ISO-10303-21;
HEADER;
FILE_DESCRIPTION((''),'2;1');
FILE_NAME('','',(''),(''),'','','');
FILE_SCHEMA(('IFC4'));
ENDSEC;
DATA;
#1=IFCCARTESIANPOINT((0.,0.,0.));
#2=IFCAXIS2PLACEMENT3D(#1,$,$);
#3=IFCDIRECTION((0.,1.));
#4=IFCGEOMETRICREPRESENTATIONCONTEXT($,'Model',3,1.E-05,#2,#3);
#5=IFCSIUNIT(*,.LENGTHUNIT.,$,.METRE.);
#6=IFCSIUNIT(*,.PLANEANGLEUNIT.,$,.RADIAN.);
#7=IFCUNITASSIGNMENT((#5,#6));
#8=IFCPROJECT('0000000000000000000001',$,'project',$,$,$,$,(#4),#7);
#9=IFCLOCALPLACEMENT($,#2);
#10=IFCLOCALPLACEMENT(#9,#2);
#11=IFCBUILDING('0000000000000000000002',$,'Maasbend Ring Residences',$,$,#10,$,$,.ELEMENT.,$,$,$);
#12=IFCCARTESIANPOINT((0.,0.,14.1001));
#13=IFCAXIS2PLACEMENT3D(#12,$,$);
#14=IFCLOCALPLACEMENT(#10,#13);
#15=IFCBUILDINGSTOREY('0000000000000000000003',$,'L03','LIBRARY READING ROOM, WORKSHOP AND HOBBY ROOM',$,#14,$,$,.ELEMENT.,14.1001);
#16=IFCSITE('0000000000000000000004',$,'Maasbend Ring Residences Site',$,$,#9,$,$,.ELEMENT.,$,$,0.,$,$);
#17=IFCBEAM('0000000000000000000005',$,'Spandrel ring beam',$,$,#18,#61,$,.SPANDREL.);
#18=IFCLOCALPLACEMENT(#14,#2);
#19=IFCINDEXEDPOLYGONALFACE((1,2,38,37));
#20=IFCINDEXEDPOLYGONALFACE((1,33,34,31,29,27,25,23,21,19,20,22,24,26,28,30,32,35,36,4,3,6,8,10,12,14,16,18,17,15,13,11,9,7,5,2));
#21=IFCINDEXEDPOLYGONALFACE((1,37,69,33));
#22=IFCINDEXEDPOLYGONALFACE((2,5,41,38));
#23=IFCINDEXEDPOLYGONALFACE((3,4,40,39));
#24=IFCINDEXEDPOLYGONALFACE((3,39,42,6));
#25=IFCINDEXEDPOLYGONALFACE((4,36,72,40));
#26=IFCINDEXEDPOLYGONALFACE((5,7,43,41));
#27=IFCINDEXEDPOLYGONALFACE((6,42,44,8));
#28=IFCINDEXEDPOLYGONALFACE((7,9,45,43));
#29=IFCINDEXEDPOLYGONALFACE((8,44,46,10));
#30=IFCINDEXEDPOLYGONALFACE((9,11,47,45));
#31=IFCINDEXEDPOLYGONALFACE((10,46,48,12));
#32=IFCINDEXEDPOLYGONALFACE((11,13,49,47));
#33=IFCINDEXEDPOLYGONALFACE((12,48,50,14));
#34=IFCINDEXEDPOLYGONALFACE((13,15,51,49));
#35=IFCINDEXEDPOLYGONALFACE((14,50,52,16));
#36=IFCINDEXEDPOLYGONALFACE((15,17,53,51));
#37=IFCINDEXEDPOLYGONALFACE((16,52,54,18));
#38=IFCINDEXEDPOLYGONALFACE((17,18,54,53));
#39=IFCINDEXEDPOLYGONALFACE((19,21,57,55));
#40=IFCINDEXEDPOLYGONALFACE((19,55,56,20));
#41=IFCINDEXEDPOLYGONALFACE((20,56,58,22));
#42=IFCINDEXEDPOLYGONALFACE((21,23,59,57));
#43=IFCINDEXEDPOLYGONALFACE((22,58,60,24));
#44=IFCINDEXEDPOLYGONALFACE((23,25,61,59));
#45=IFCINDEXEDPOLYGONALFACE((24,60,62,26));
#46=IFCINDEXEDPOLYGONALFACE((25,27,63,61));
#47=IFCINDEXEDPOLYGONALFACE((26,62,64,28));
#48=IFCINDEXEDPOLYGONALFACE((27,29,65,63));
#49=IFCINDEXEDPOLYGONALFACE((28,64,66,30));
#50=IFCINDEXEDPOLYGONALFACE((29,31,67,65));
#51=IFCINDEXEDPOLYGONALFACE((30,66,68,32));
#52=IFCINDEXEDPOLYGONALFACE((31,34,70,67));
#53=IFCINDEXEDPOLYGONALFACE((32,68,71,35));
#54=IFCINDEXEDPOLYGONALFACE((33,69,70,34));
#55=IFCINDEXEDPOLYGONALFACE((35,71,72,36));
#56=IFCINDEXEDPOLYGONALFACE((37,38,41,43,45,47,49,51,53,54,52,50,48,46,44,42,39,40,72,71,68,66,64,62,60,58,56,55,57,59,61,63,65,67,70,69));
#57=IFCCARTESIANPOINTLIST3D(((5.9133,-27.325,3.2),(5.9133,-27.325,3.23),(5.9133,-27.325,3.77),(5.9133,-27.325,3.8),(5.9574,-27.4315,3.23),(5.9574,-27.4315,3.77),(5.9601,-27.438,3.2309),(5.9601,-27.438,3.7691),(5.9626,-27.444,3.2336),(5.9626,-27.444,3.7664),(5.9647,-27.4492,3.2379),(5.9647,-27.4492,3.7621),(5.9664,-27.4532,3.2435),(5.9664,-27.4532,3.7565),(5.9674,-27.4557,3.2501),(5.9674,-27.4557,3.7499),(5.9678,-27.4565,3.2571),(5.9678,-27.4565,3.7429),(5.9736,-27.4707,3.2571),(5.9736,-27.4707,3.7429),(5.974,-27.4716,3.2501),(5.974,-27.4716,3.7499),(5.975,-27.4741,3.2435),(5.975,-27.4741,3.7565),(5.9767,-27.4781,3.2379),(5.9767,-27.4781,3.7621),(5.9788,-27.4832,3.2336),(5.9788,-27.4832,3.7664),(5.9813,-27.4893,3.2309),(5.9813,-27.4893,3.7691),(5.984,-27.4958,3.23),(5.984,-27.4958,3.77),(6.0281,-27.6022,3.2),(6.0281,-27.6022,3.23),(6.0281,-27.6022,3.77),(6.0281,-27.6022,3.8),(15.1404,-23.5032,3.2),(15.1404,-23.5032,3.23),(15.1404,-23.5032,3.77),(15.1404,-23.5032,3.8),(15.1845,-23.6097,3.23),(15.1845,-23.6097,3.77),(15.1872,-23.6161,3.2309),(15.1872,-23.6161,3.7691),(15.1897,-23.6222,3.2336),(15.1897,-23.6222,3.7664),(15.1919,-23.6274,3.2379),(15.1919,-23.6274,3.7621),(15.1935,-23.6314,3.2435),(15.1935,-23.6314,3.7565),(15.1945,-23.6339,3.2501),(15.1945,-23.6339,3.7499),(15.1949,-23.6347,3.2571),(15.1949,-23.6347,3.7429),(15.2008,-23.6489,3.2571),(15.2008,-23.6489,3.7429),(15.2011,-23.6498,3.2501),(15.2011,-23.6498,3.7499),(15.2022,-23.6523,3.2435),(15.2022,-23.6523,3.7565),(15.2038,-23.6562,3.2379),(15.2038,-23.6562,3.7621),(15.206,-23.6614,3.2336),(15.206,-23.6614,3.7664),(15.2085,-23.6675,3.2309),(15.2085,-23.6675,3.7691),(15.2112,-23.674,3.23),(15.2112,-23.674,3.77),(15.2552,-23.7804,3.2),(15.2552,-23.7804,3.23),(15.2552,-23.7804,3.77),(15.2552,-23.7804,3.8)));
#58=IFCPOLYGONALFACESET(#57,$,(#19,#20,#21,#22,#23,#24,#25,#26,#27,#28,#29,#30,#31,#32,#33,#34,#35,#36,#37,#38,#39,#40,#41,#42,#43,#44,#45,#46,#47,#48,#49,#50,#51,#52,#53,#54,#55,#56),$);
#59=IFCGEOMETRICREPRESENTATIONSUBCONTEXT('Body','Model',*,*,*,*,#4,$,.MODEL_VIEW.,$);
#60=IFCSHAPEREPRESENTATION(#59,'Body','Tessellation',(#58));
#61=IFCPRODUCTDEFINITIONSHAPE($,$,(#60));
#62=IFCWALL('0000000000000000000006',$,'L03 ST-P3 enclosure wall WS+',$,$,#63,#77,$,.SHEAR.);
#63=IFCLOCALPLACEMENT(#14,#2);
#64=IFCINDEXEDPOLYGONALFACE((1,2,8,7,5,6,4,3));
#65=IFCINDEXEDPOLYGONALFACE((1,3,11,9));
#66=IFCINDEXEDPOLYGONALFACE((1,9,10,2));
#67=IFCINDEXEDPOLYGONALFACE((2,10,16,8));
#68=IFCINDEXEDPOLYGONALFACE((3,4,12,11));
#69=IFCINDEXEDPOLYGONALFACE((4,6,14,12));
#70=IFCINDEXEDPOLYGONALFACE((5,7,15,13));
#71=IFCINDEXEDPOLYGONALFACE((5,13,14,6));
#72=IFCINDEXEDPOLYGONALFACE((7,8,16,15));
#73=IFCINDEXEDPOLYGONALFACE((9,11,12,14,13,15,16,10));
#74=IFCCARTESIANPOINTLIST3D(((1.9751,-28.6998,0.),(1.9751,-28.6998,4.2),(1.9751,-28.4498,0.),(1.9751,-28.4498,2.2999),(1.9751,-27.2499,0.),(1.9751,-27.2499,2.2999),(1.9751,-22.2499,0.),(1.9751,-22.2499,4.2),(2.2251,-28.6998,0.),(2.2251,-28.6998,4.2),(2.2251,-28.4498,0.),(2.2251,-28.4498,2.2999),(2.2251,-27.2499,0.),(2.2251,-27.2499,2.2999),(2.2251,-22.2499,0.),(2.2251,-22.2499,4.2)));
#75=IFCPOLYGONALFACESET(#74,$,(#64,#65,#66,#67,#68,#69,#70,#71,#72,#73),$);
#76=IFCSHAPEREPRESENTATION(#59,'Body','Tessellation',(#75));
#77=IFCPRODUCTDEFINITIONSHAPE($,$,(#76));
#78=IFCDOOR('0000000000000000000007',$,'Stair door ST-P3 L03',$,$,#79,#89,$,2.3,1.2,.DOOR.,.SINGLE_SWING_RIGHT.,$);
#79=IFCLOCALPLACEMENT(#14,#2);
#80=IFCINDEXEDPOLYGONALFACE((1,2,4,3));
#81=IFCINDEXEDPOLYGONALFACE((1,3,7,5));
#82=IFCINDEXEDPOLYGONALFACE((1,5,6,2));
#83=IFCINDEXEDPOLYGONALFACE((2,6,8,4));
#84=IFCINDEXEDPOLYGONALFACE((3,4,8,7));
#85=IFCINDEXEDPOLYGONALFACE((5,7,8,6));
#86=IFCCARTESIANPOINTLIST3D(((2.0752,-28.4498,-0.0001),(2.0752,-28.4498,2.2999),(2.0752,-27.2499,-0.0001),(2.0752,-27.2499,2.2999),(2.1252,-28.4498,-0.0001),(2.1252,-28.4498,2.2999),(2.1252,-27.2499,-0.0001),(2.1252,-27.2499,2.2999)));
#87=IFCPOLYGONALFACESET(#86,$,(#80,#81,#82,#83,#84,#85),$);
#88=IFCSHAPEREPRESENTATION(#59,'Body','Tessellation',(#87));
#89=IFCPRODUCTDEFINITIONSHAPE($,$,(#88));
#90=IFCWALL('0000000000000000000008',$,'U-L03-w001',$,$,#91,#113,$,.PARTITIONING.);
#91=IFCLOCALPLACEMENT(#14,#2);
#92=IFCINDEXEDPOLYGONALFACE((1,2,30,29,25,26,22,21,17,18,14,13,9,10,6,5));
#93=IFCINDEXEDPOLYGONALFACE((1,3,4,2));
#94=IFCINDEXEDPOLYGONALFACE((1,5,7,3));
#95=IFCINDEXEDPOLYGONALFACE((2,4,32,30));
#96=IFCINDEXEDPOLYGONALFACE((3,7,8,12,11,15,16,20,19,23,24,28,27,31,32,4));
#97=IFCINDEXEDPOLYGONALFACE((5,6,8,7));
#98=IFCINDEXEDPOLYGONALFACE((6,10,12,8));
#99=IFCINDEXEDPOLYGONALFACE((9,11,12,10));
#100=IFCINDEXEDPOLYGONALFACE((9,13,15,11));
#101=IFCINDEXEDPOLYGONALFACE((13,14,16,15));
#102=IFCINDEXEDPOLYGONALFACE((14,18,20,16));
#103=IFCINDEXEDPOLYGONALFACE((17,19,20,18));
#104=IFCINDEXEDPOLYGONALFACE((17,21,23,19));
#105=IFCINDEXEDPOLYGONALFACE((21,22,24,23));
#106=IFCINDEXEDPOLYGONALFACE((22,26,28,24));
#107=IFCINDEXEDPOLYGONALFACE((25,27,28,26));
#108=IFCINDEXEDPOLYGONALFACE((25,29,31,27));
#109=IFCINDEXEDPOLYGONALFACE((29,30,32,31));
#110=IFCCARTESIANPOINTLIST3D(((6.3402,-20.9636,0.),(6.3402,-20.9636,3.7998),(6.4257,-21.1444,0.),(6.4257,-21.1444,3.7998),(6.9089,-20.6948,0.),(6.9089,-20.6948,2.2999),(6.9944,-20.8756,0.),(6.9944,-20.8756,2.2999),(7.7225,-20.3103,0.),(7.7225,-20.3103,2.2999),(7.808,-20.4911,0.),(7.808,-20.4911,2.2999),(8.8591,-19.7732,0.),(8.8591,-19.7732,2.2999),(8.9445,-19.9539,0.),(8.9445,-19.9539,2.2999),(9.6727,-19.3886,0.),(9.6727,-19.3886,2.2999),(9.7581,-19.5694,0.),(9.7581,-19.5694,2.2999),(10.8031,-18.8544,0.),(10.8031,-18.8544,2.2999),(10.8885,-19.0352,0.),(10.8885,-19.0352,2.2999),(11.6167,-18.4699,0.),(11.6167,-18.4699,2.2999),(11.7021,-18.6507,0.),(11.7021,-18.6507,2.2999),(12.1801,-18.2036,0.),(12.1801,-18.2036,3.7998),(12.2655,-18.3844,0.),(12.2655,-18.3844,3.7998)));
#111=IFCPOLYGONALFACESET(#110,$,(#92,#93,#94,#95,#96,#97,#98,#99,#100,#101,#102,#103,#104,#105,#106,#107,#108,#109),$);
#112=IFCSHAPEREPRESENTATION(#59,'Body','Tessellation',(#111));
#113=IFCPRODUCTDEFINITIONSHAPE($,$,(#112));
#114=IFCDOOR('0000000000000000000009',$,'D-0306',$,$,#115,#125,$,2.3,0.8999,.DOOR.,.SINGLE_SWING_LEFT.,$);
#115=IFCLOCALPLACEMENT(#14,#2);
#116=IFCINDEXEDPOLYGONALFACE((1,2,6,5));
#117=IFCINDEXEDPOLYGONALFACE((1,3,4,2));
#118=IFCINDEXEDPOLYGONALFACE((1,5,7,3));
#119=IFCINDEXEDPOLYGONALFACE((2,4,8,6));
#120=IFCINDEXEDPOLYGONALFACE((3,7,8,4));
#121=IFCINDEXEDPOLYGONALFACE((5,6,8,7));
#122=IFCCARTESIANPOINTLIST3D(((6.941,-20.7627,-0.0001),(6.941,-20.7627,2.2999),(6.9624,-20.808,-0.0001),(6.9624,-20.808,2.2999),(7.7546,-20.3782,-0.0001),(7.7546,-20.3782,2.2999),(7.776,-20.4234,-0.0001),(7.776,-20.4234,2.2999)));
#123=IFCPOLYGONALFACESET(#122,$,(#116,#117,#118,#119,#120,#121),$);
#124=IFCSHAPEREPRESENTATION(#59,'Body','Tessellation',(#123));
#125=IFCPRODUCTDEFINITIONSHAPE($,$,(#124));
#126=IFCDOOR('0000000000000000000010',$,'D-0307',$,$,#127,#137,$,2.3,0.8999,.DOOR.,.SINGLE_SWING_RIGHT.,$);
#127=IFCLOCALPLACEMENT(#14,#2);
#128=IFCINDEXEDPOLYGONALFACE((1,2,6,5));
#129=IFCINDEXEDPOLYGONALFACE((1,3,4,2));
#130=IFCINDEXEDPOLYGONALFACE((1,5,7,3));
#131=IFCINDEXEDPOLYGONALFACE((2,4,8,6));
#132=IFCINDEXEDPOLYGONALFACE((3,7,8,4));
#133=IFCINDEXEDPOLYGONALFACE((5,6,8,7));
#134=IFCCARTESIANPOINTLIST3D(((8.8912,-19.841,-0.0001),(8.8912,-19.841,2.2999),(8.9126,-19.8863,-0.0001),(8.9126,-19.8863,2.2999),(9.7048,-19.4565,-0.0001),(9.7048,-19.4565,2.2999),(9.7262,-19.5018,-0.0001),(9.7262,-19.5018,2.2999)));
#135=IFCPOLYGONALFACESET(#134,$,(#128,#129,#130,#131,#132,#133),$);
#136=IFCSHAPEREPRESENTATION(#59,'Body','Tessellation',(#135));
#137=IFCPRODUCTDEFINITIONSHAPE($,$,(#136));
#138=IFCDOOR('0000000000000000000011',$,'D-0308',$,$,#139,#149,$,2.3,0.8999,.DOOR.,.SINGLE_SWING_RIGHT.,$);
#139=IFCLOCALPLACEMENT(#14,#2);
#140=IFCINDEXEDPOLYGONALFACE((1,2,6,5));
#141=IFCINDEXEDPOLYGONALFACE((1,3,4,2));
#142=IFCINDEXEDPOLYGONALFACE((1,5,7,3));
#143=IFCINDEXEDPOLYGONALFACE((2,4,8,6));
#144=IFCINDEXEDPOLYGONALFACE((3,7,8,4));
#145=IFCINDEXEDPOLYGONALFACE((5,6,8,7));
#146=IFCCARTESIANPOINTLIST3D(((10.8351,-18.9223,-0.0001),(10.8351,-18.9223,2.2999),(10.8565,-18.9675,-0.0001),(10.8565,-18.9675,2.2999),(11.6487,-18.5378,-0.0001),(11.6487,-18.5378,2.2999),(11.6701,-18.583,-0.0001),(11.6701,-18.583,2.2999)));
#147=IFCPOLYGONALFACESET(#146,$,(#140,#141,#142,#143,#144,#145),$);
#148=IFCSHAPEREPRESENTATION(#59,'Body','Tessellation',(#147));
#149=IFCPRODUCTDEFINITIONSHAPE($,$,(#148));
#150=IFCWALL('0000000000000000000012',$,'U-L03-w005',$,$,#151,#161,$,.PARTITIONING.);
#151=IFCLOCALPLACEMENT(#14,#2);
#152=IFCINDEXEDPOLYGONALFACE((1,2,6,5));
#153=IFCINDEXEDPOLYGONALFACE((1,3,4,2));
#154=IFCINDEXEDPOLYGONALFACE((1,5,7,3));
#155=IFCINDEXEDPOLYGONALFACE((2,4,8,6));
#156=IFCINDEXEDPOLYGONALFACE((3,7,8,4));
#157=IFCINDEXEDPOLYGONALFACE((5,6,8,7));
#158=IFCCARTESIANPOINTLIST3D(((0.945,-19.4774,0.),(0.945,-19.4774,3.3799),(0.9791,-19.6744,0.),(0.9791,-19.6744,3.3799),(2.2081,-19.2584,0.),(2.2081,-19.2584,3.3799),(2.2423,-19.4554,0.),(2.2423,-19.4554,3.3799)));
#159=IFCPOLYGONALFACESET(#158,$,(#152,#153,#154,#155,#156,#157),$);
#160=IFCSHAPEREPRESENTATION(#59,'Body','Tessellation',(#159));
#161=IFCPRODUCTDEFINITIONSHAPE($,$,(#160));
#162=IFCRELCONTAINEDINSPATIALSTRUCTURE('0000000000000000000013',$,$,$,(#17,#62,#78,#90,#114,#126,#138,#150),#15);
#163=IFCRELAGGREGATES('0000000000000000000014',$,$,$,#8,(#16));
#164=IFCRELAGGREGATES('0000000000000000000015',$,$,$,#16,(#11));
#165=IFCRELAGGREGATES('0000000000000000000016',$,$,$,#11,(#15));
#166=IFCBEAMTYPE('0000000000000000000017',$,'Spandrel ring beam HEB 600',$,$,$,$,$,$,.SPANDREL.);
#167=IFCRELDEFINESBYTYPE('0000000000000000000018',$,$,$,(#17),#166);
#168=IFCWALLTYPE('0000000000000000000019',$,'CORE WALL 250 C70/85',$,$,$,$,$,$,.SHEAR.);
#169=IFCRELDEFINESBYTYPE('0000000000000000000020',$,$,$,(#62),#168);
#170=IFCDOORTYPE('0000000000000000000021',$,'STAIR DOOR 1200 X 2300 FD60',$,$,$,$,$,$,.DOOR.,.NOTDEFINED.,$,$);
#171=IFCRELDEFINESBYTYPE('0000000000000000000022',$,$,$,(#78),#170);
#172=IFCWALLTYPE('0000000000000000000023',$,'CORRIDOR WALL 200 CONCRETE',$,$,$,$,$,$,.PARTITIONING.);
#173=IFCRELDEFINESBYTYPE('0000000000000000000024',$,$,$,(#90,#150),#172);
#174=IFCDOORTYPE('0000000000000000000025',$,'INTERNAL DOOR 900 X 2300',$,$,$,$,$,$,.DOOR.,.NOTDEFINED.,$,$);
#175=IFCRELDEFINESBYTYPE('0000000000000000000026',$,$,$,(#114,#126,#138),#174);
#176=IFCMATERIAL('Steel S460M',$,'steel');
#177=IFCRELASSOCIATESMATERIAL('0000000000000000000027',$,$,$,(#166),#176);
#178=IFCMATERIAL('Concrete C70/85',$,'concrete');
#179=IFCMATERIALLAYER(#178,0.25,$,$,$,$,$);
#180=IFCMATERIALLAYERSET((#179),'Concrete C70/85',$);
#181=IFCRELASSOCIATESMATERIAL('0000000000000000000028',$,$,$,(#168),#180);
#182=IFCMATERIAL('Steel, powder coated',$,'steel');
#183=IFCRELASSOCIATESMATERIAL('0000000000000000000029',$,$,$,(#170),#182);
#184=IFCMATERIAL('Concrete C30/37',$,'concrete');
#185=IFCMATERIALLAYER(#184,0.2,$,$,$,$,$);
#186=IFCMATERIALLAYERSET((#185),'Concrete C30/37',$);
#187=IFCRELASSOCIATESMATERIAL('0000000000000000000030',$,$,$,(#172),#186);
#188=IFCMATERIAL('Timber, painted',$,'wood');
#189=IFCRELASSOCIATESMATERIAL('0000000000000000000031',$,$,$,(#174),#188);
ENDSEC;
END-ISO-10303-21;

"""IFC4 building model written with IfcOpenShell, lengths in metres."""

from ifc_helpers import new_model, si_unit, direction, frame, frame_2d, origin, origin_2d, place, context, subcontext, project, spatial, rectangle, i_section, extrude, material, layer, layer_set, material_profile, profile_set, type_object, element, fill, save


model = new_model("IFC4")

# Units and contexts
model_context = context("Model", 3, precision=1e-05, world=origin(), true_north=direction((0.0, 1.0)))
body_context = subcontext(model_context, "Body", "Model", "MODEL_VIEW")
ifc_project = project(units=[si_unit("LENGTHUNIT", "METRE"), si_unit("PLANEANGLEUNIT", "RADIAN")], contexts=[model_context])

# Site, building, storey
site_placement = place(None, origin())
site = spatial("IfcSite", under=ifc_project, at=site_placement, Name="Maasbend Ring Residences Site", CompositionType="ELEMENT", RefElevation=0.0)
building_placement = place(site_placement, origin())
building = spatial("IfcBuilding", under=site, at=building_placement, Name="Maasbend Ring Residences", CompositionType="ELEMENT")
storey_placement = place(building_placement, frame((0.0, 0.0, 14.1001)))
storey = spatial("IfcBuildingStorey", under=building, at=storey_placement, Name="L03", Description="LIBRARY READING ROOM, WORKSHOP AND HOBBY ROOM", CompositionType="ELEMENT", Elevation=14.1001)

# Beam
ifc_material_1 = material(Name="Steel S460M", Category="steel")
ifc_material_profile_1 = material_profile(ifc_material_1, i_section(OverallWidth=0.3, OverallDepth=0.6001, WebThickness=0.0154, FlangeThickness=0.03, FilletRadius=0.0271, at=origin_2d()), Name="HEB 600")
ifc_profile_set_1 = profile_set([ifc_material_profile_1], Name="Steel S460M")
beam_type_1 = type_object("IfcBeamType", Name="Spandrel ring beam HEB 600", PredefinedType="SPANDREL", material=ifc_profile_set_1)
beam_1_placement = place(storey_placement, frame((5.9707, -27.4636, 3.5), z_axis=(0.923886, 0.382667, 0.0), x_axis=(-0.382667, 0.923886, 0.0)))
element("IfcBeam", 1, at=beam_1_placement, inside=storey, type_object=beam_type_1, Name="Spandrel ring beam", PredefinedType="SPANDREL", context=body_context, shape_type="SweptSolid", body=[
    extrude(i_section(OverallWidth=0.3, OverallDepth=0.6001, WebThickness=0.0154, FlangeThickness=0.03, FilletRadius=0.0271, at=origin_2d()), origin(), (0.0, 0.0, 1.0), 9.9873),
])

# Wall, opening, door
ifc_material_2 = material(Name="Concrete C70/85", Category="concrete")
ifc_layer_1 = layer(ifc_material_2, 0.25)
ifc_layer_set_1 = layer_set([ifc_layer_1], Name="Concrete C70/85")
wall_type_1 = type_object("IfcWallType", Name="CORE WALL 250 C70/85", PredefinedType="SHEAR", material=ifc_layer_set_1)
wall_1_placement = place(storey_placement, frame((2.1001, -28.7, 0.0), z_axis=(0.0, 0.0, 1.0), x_axis=(0.0, 1.0, 0.0)))
wall_1 = element("IfcWall", 2, at=wall_1_placement, inside=storey, type_object=wall_type_1, Name="L03 ST-P3 enclosure wall WS+", PredefinedType="SHEAR", context=body_context, shape_type="SweptSolid", body=[
    extrude(rectangle(XDim=6.45, YDim=0.25, at=frame_2d((3.2251, 0.0))), origin(), (0.0, 0.0, 1.0), 4.2),
])
opening_1_placement = place(wall_1_placement, frame((0.25, 0.0, 0.0)))
opening_1 = element("IfcOpeningElement", 3, at=opening_1_placement, cuts=wall_1, PredefinedType="OPENING", context=body_context, shape_type="SweptSolid", body=[
    extrude(rectangle(XDim=1.2, YDim=2.3, at=frame_2d((0.6001, 1.1499))), frame((0.0, 0.135, 0.0), z_axis=(0.0, -1.0, 0.0), x_axis=(1.0, 0.0, 0.0)), (0.0, 0.0, 1.0), 0.27),
])
ifc_material_3 = material(Name="Steel, powder coated", Category="steel")
door_type_1 = type_object("IfcDoorType", Name="STAIR DOOR 1200 X 2300 FD60", OperationType="NOTDEFINED", PredefinedType="DOOR", material=ifc_material_3)
door_1_placement = place(opening_1_placement, origin())
door_1 = element("IfcDoor", 4, at=door_1_placement, inside=storey, type_object=door_type_1, Name="Stair door ST-P3 L03", OperationType="SINGLE_SWING_RIGHT", OverallHeight=2.3, OverallWidth=1.2, PredefinedType="DOOR", context=body_context, shape_type="SweptSolid", body=[
    extrude(rectangle(XDim=1.2, YDim=2.3, at=frame_2d((0.6001, 1.1499))), frame((0.0, 0.0249, 0.0), z_axis=(0.0, -1.0, 0.0), x_axis=(1.0, 0.0, 0.0)), (0.0, 0.0, 1.0), 0.05),
])
fill(opening_1, door_1)

# Wall, openings, doors
ifc_material_4 = material(Name="Concrete C30/37", Category="concrete")
ifc_layer_2 = layer(ifc_material_4, 0.2)
ifc_layer_set_2 = layer_set([ifc_layer_2], Name="Concrete C30/37")
wall_type_2 = type_object("IfcWallType", Name="CORRIDOR WALL 200 CONCRETE", PredefinedType="PARTITIONING", material=ifc_layer_set_2)
wall_2_placement = place(storey_placement, frame((6.3831, -21.054, 0.0), z_axis=(0.0, 0.0, 1.0), x_axis=(0.904111, 0.427298, 0.0)))
wall_2 = element("IfcWall", 5, at=wall_2_placement, inside=storey, type_object=wall_type_2, Name="U-L03-w001", PredefinedType="PARTITIONING", context=body_context, shape_type="SweptSolid", body=[
    extrude(rectangle(XDim=6.4592, YDim=0.2, at=frame_2d((3.2295, 0.0))), origin(), (0.0, 0.0, 1.0), 3.7998),
])
opening_2_placement = place(wall_2_placement, frame((0.6289, 0.0, 0.0)))
opening_2 = element("IfcOpeningElement", 6, at=opening_2_placement, cuts=wall_2, PredefinedType="OPENING", context=body_context, shape_type="SweptSolid", body=[
    extrude(rectangle(XDim=0.8999, YDim=2.3, at=frame_2d((0.45, 1.1499))), frame((0.0, 0.1099, 0.0), z_axis=(0.0, -1.0, 0.0), x_axis=(1.0, 0.0, 0.0)), (0.0, 0.0, 1.0), 0.22),
])
opening_3_placement = place(wall_2_placement, frame((2.7859, 0.0, 0.0)))
opening_3 = element("IfcOpeningElement", 7, at=opening_3_placement, cuts=wall_2, PredefinedType="OPENING", context=body_context, shape_type="SweptSolid", body=[
    extrude(rectangle(XDim=0.8999, YDim=2.3, at=frame_2d((0.45, 1.1499))), frame((0.0, 0.1099, 0.0), z_axis=(0.0, -1.0, 0.0), x_axis=(1.0, 0.0, 0.0)), (0.0, 0.0, 1.0), 0.22),
])
opening_4_placement = place(wall_2_placement, frame((4.936, 0.0, 0.0)))
opening_4 = element("IfcOpeningElement", 8, at=opening_4_placement, cuts=wall_2, PredefinedType="OPENING", context=body_context, shape_type="SweptSolid", body=[
    extrude(rectangle(XDim=0.8999, YDim=2.3, at=frame_2d((0.45, 1.1499))), frame((0.0, 0.1099, 0.0), z_axis=(0.0, -1.0, 0.0), x_axis=(1.0, 0.0, 0.0)), (0.0, 0.0, 1.0), 0.22),
])
ifc_material_5 = material(Name="Timber, painted", Category="wood")
door_type_2 = type_object("IfcDoorType", Name="INTERNAL DOOR 900 X 2300", OperationType="NOTDEFINED", PredefinedType="DOOR", material=ifc_material_5)
door_2_placement = place(opening_2_placement, origin())
door_2 = element("IfcDoor", 9, at=door_2_placement, inside=storey, type_object=door_type_2, Name="D-0306", OperationType="SINGLE_SWING_LEFT", OverallHeight=2.3, OverallWidth=0.8999, PredefinedType="DOOR", context=body_context, shape_type="SweptSolid", body=[
    extrude(rectangle(XDim=0.8999, YDim=2.3, at=frame_2d((0.45, 1.1499))), frame((0.0, 0.0249, 0.0), z_axis=(0.0, -1.0, 0.0), x_axis=(1.0, 0.0, 0.0)), (0.0, 0.0, 1.0), 0.05),
])
fill(opening_2, door_2)
door_3_placement = place(opening_3_placement, origin())
door_3 = element("IfcDoor", 10, at=door_3_placement, inside=storey, type_object=door_type_2, Name="D-0307", OperationType="SINGLE_SWING_RIGHT", OverallHeight=2.3, OverallWidth=0.8999, PredefinedType="DOOR", context=body_context, shape_type="SweptSolid", body=[
    extrude(rectangle(XDim=0.8999, YDim=2.3, at=frame_2d((0.45, 1.1499))), frame((0.0, 0.0249, 0.0), z_axis=(0.0, -1.0, 0.0), x_axis=(1.0, 0.0, 0.0)), (0.0, 0.0, 1.0), 0.05),
])
fill(opening_3, door_3)
door_4_placement = place(opening_4_placement, origin())
door_4 = element("IfcDoor", 11, at=door_4_placement, inside=storey, type_object=door_type_2, Name="D-0308", OperationType="SINGLE_SWING_RIGHT", OverallHeight=2.3, OverallWidth=0.8999, PredefinedType="DOOR", context=body_context, shape_type="SweptSolid", body=[
    extrude(rectangle(XDim=0.8999, YDim=2.3, at=frame_2d((0.45, 1.1499))), frame((0.0, 0.0249, 0.0), z_axis=(0.0, -1.0, 0.0), x_axis=(1.0, 0.0, 0.0)), (0.0, 0.0, 1.0), 0.05),
])
fill(opening_4, door_4)

# Wall
wall_3_placement = place(storey_placement, frame((0.9619, -19.5759, 0.0), z_axis=(0.0, 0.0, 1.0), x_axis=(0.985302, 0.170819, 0.0)))
element("IfcWall", 12, at=wall_3_placement, inside=storey, type_object=wall_type_2, Name="U-L03-w005", PredefinedType="PARTITIONING", context=body_context, shape_type="SweptSolid", body=[
    extrude(rectangle(XDim=1.282, YDim=0.2, at=frame_2d((0.6411, 0.0))), origin(), (0.0, 0.0, 1.0), 3.3799),
])

save(model, "model.ifc")
